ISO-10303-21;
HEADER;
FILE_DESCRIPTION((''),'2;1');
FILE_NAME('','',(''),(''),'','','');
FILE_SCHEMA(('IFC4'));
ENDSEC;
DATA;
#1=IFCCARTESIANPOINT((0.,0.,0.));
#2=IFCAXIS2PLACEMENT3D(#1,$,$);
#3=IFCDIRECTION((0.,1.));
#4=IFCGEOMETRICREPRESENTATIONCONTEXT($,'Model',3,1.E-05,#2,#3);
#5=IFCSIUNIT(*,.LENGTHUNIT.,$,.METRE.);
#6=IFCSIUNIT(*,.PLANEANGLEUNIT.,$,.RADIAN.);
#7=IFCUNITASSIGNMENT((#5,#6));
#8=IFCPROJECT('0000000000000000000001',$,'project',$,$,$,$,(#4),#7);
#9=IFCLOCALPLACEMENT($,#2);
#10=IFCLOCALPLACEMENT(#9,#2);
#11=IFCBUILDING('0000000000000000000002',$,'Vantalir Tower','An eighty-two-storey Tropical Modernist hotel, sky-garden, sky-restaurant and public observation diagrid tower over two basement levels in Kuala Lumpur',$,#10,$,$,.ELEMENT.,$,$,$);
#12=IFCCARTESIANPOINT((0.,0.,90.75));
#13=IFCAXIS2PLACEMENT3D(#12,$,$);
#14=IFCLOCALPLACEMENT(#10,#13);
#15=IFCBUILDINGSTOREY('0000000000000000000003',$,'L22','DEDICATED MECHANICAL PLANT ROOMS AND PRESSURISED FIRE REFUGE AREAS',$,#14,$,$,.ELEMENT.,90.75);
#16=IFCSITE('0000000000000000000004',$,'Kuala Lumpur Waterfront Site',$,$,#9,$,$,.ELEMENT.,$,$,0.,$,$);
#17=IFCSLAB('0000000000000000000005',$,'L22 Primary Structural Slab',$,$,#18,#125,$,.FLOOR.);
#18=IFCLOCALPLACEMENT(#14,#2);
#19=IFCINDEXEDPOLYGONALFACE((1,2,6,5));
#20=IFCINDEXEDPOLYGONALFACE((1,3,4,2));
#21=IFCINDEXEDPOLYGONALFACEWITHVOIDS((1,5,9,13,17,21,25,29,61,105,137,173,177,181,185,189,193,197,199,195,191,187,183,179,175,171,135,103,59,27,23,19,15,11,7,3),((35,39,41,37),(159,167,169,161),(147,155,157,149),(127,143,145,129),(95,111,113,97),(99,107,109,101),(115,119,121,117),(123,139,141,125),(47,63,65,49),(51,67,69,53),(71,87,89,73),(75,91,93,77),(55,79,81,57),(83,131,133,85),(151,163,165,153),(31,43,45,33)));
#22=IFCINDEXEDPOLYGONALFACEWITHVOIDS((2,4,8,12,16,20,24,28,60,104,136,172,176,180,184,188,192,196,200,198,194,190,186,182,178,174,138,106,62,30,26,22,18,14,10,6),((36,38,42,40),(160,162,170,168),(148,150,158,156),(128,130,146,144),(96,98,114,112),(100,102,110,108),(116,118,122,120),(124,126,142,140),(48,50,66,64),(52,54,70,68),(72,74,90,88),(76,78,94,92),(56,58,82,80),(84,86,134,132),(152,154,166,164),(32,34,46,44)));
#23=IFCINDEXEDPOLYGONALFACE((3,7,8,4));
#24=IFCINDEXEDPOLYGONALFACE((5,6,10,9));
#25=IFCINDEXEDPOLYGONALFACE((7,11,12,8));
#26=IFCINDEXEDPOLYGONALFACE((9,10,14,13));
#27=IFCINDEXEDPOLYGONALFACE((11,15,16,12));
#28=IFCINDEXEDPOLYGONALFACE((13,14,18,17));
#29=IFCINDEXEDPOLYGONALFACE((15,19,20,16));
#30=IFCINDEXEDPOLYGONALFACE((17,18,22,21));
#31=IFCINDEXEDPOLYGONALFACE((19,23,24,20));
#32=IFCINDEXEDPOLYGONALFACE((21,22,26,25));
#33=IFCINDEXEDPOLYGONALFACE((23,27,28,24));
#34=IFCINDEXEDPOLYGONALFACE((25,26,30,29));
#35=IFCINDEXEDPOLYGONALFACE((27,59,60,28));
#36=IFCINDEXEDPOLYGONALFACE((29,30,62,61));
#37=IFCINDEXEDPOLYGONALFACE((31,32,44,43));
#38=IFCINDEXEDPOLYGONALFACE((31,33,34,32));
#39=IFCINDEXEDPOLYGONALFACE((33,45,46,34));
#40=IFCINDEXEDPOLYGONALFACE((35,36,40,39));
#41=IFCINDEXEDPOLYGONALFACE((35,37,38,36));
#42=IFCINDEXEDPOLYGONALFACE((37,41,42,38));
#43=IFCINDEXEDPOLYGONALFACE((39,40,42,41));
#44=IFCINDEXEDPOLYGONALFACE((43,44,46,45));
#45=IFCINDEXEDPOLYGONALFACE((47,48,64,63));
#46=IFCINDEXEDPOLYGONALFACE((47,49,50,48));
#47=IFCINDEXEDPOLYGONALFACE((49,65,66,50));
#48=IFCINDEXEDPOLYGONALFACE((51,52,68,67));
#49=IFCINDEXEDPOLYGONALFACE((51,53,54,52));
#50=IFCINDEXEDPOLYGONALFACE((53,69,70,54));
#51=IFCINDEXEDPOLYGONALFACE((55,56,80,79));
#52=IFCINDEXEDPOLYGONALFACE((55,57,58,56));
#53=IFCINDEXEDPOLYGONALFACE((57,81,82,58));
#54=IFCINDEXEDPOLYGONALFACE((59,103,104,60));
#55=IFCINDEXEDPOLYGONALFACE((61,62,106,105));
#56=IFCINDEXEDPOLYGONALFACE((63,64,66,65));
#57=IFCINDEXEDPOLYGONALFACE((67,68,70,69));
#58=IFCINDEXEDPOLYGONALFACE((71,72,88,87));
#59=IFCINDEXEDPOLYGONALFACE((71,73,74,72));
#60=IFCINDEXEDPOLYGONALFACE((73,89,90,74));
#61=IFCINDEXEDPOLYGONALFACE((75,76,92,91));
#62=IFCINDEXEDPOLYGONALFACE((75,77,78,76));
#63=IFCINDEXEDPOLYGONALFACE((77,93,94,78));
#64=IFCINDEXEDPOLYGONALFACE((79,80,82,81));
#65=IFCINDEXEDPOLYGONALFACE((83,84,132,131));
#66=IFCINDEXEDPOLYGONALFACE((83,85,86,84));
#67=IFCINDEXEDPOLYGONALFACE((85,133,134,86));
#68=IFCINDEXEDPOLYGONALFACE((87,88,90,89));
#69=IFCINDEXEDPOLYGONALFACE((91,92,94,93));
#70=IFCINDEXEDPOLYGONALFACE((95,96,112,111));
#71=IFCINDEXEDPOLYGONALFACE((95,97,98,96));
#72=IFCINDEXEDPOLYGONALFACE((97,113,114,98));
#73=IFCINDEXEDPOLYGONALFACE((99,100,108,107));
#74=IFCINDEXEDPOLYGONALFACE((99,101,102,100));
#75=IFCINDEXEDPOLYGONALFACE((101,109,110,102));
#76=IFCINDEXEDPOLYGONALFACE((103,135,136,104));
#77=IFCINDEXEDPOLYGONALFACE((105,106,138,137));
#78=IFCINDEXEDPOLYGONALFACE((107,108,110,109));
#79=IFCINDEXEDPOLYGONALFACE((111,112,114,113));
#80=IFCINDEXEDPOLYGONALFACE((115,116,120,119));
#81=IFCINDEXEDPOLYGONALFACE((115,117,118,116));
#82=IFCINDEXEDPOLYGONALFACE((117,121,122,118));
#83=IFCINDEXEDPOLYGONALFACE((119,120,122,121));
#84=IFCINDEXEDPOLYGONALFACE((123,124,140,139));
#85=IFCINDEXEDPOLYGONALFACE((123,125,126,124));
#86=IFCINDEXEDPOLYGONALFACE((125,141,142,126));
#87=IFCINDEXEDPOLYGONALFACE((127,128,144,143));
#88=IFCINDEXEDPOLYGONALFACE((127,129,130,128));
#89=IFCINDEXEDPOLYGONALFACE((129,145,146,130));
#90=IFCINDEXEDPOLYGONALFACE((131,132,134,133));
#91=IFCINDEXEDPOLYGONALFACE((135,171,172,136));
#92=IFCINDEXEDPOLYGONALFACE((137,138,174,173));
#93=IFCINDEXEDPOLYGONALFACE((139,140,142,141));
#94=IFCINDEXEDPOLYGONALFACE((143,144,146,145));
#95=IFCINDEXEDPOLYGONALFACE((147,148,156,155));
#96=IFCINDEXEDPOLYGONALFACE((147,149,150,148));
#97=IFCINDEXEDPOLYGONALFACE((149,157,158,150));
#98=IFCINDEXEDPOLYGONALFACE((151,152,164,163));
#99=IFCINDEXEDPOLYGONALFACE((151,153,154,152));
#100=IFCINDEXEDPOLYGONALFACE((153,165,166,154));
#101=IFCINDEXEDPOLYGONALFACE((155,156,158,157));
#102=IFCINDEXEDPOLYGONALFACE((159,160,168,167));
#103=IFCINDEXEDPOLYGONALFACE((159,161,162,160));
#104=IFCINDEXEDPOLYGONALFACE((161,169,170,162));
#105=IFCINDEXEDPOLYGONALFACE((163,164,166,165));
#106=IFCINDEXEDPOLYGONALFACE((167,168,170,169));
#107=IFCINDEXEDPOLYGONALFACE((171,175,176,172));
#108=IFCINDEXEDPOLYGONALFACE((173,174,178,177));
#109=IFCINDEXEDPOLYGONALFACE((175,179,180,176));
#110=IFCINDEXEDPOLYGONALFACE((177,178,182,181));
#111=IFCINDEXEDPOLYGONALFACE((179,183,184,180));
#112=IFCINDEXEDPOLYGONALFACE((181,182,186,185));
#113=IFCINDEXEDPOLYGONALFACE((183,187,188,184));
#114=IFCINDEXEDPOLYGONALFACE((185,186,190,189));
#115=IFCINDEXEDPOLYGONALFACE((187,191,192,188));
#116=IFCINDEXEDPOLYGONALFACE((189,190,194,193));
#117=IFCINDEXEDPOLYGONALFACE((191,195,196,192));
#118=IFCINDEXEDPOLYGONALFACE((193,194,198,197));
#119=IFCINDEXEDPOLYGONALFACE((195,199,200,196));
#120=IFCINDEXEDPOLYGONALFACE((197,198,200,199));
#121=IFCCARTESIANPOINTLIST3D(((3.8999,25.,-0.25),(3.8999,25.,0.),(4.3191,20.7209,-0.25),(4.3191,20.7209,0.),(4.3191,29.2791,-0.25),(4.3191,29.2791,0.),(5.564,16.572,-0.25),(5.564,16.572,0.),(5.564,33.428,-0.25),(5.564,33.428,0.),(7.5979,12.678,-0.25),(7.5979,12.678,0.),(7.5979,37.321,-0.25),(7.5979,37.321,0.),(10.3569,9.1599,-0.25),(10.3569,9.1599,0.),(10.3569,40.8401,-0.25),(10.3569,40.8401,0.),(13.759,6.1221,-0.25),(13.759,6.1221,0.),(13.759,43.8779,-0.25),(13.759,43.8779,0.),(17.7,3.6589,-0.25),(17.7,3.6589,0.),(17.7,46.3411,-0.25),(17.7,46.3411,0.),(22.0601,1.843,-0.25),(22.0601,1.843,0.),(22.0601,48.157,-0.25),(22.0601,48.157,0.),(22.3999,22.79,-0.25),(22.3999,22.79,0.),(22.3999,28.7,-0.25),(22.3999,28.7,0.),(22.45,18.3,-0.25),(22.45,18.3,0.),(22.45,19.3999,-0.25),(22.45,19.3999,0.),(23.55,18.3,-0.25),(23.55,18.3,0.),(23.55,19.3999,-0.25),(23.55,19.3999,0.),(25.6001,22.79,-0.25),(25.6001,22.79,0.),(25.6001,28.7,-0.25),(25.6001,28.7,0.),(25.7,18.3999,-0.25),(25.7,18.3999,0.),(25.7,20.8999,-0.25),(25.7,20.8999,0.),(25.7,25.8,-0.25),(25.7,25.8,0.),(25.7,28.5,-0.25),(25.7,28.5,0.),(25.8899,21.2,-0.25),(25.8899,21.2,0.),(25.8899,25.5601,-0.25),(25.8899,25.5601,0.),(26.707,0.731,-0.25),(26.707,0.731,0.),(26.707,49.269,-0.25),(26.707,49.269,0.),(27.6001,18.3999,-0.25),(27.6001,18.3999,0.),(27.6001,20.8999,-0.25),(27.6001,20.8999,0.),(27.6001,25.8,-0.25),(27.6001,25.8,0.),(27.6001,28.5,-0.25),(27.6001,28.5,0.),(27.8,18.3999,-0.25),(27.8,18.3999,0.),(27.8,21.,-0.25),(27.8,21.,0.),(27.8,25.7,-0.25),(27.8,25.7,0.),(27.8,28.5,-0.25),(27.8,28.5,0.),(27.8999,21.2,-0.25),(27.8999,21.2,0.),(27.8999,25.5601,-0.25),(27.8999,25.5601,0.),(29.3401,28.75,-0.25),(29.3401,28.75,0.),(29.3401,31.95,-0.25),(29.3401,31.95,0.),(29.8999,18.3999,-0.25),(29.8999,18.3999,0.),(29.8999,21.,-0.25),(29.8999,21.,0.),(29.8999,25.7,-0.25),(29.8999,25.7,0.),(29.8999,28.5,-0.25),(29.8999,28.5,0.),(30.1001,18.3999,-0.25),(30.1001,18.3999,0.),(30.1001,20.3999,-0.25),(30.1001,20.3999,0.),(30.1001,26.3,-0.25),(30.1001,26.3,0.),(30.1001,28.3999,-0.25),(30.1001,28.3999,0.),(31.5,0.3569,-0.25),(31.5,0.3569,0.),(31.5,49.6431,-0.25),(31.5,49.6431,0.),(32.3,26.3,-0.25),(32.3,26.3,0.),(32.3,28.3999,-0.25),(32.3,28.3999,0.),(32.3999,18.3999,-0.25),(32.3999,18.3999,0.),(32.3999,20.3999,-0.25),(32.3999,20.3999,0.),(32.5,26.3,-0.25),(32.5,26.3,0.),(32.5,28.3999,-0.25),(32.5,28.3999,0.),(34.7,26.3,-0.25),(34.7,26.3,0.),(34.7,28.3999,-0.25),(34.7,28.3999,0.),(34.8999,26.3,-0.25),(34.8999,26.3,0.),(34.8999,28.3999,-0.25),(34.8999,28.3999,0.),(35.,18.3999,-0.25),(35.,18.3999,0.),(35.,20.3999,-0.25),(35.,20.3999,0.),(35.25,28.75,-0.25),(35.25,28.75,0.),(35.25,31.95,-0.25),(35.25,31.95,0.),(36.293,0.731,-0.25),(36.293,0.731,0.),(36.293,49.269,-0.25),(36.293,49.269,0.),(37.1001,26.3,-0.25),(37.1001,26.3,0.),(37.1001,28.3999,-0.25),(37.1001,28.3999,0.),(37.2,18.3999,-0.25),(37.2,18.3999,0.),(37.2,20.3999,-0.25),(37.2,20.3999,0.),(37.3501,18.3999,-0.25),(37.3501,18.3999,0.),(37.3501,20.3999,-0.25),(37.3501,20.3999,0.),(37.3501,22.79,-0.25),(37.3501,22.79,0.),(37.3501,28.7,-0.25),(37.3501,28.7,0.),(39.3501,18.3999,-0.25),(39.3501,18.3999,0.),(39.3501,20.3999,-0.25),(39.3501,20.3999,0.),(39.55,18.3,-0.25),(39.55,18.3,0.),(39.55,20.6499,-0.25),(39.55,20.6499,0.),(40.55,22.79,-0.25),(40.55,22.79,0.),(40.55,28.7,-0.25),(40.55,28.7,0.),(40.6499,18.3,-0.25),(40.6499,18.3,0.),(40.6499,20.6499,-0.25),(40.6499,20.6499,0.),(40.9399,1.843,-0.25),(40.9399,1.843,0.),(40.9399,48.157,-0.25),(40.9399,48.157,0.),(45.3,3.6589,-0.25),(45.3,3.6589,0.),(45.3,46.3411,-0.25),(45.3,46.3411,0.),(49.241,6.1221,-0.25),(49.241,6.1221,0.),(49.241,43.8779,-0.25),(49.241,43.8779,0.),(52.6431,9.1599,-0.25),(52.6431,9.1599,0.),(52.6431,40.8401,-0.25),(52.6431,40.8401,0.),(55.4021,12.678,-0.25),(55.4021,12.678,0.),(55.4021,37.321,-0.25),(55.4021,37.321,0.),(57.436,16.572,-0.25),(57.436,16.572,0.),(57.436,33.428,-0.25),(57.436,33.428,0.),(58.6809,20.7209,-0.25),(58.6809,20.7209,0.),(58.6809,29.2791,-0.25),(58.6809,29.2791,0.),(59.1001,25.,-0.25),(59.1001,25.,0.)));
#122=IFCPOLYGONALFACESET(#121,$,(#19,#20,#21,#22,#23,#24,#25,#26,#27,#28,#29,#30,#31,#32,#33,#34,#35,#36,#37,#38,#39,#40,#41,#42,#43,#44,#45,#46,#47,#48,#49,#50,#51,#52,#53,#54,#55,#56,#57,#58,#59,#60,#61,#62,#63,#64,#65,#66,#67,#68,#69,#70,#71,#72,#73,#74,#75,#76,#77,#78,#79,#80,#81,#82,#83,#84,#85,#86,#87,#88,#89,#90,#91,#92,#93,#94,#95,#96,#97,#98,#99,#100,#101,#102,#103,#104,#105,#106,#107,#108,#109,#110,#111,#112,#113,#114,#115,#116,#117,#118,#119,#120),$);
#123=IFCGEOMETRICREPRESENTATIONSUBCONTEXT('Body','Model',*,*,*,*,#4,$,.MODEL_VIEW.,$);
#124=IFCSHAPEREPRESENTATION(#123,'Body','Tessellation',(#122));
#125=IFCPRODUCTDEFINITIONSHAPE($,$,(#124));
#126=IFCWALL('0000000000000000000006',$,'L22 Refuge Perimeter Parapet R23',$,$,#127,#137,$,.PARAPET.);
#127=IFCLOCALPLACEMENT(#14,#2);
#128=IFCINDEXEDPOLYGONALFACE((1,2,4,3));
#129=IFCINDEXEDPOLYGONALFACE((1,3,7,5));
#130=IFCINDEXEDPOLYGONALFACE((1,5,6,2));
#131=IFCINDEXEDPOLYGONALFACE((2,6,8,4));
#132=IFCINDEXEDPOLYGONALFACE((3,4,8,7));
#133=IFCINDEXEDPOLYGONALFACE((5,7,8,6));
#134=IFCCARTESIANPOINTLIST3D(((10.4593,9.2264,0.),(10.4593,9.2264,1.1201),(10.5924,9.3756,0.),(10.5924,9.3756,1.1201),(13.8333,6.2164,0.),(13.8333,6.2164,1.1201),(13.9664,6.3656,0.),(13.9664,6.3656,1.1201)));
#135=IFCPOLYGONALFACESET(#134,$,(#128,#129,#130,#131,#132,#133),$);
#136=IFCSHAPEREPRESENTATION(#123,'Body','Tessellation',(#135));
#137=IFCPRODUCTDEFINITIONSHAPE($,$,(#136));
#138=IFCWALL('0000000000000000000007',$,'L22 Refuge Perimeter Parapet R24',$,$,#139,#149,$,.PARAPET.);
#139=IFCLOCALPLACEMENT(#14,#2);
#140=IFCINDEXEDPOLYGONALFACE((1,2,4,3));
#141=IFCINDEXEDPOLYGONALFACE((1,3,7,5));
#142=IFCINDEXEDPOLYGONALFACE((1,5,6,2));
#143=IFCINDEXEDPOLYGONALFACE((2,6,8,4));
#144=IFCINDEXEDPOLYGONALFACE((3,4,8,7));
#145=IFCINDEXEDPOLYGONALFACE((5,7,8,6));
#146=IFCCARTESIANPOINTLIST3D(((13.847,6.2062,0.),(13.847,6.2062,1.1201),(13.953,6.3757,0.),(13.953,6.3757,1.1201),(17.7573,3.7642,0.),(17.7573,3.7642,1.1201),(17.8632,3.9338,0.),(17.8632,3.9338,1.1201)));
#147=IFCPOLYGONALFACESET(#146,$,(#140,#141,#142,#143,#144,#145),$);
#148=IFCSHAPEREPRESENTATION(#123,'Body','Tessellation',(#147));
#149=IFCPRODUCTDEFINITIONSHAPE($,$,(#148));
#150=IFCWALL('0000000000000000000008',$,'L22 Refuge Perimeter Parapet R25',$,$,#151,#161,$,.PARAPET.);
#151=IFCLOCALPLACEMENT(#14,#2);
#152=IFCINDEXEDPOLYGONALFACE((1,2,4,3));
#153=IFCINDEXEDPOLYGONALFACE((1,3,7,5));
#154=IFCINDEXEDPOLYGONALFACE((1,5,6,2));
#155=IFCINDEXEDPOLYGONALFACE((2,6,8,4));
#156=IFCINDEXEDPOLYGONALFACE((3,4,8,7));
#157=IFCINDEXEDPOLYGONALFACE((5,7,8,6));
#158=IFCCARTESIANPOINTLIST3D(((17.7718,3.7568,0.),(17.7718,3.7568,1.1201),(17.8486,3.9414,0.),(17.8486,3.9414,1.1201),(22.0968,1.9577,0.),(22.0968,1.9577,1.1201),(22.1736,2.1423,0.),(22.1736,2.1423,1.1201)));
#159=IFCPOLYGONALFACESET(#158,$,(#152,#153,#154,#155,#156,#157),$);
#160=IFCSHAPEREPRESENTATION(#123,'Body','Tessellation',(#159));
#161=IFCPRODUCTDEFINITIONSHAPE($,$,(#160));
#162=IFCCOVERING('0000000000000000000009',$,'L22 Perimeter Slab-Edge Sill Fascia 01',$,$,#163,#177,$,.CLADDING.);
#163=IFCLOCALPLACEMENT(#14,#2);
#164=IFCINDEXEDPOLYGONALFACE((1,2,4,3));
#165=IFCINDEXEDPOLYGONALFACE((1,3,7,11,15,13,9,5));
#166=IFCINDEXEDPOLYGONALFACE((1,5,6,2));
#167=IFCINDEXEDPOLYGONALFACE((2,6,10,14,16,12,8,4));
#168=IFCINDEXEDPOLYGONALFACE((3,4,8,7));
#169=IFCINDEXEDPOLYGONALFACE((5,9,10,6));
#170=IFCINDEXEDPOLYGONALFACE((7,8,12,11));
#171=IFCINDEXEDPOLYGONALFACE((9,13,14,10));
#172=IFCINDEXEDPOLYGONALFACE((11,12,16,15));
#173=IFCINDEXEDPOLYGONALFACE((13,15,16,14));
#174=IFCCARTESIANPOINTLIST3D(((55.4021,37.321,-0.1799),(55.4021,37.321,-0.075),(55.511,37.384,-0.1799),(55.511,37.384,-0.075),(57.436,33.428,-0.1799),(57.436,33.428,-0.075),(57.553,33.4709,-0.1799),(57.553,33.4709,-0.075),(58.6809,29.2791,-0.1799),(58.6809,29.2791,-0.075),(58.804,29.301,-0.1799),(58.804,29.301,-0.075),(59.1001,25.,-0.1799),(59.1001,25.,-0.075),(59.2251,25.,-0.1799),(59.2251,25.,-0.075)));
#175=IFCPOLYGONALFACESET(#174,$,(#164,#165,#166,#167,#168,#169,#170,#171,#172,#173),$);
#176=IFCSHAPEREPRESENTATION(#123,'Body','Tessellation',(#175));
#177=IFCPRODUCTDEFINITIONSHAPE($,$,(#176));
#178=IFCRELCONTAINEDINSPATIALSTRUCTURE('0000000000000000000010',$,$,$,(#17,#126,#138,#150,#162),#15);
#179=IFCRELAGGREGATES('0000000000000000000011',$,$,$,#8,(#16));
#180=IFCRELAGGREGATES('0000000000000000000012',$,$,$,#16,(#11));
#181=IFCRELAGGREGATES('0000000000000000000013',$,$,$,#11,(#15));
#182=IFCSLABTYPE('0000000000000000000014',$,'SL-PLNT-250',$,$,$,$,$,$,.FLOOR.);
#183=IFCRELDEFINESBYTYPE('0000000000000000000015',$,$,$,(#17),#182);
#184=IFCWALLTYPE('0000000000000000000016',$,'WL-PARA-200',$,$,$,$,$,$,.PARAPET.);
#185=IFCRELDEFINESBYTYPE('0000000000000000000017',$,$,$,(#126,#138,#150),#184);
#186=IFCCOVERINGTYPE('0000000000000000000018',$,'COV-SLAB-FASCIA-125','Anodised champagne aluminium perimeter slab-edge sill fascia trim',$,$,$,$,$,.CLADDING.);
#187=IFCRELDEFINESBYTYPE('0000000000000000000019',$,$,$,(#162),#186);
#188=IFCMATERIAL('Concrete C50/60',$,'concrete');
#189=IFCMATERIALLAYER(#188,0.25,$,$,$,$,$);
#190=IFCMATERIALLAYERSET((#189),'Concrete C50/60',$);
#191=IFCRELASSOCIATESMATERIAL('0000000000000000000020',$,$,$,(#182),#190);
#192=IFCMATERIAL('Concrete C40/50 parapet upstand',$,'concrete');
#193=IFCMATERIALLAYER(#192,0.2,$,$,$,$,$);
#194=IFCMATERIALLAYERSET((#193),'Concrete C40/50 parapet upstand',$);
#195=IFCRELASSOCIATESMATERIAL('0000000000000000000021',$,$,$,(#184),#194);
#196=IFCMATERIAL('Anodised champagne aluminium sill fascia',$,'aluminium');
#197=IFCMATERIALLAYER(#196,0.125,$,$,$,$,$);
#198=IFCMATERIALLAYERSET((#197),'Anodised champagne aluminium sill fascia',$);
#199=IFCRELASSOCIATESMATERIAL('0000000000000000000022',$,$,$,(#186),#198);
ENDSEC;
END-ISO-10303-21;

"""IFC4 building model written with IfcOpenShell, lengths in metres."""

from ifc_helpers import new_model, si_unit, direction, frame, frame_2d, origin, place, context, subcontext, project, spatial, polyline, rectangle, outline, extrude, material, layer, layer_set, type_object, element, save


model = new_model("IFC4")

# Units and contexts
model_context = context("Model", 3, precision=1e-05, world=origin(), true_north=direction((0.0, 1.0)))
body_context = subcontext(model_context, "Body", "Model", "MODEL_VIEW")
ifc_project = project(units=[si_unit("LENGTHUNIT", "METRE"), si_unit("PLANEANGLEUNIT", "RADIAN")], contexts=[model_context])

# Site, building, storey
site_placement = place(None, origin())
site = spatial("IfcSite", under=ifc_project, at=site_placement, Name="Kuala Lumpur Waterfront Site", CompositionType="ELEMENT", RefElevation=0.0)
building_placement = place(site_placement, origin())
building = spatial("IfcBuilding", under=site, at=building_placement, Name="Vantalir Tower", Description="An eighty-two-storey Tropical Modernist hotel, sky-garden, sky-restaurant and public observation diagrid tower over two basement levels in Kuala Lumpur", CompositionType="ELEMENT")
storey_placement = place(building_placement, frame((0.0, 0.0, 90.75)))
storey = spatial("IfcBuildingStorey", under=building, at=storey_placement, Name="L22", Description="DEDICATED MECHANICAL PLANT ROOMS AND PRESSURISED FIRE REFUGE AREAS", CompositionType="ELEMENT", Elevation=90.75)

# Slab
ifc_material_1 = material(Name="Concrete C50/60", Category="concrete")
ifc_layer_1 = layer(ifc_material_1, 0.25)
ifc_layer_set_1 = layer_set([ifc_layer_1], Name="Concrete C50/60")
slab_type_1 = type_object("IfcSlabType", Name="SL-PLNT-250", PredefinedType="FLOOR", material=ifc_layer_set_1)
slab_1_placement = place(storey_placement, frame((0.0, 0.0, -0.25)))
element("IfcSlab", 1, at=slab_1_placement, inside=storey, type_object=slab_type_1, Name="L22 Primary Structural Slab", PredefinedType="FLOOR", context=body_context, shape_type="SweptSolid", body=[
    extrude(outline(polyline([(7.5979, 12.678), (10.3569, 9.1599), (13.759, 6.1221), (17.7, 3.6589), (22.0601, 1.843), (26.707, 0.731), (31.5, 0.3569), (36.293, 0.731), (40.9399, 1.843), (45.3, 3.6589), (49.241, 6.1221), (52.6431, 9.1599), (55.4021, 12.678), (57.436, 16.572), (58.6809, 20.7209), (59.1001, 25.0), (58.6809, 29.2791), (57.436, 33.428), (55.4021, 37.321), (52.6431, 40.8401), (49.241, 43.8779), (45.3, 46.3411), (40.9399, 48.157), (36.293, 49.269), (31.5, 49.6431), (26.707, 49.269), (22.0601, 48.157), (17.7, 46.3411), (13.759, 43.8779), (10.3569, 40.8401), (7.5979, 37.321), (5.564, 33.428), (4.3191, 29.2791), (3.8999, 25.0), (4.3191, 20.7209), (5.564, 16.572), (7.5979, 12.678)]), holes=[polyline([(22.3999, 22.79), (22.3999, 28.7), (25.6001, 28.7), (25.6001, 22.79), (22.3999, 22.79)]), polyline([(37.3501, 28.7), (40.55, 28.7), (40.55, 22.79), (37.3501, 22.79), (37.3501, 28.7)]), polyline([(35.25, 28.75), (29.3401, 28.75), (29.3401, 31.95), (35.25, 31.95), (35.25, 28.75)]), polyline([(27.6001, 18.3999), (25.7, 18.3999), (25.7, 20.8999), (27.6001, 20.8999), (27.6001, 18.3999)]), polyline([(25.7, 25.8), (25.7, 28.5), (27.6001, 28.5), (27.6001, 25.8), (25.7, 25.8)]), polyline([(27.8, 21.0), (29.8999, 21.0), (29.8999, 18.3999), (27.8, 18.3999), (27.8, 21.0)]), polyline([(29.8999, 28.5), (29.8999, 25.7), (27.8, 25.7), (27.8, 28.5), (29.8999, 28.5)]), polyline([(32.3999, 18.3999), (30.1001, 18.3999), (30.1001, 20.3999), (32.3999, 20.3999), (32.3999, 18.3999)]), polyline([(37.3501, 18.3999), (37.3501, 20.3999), (39.3501, 20.3999), (39.3501, 18.3999), (37.3501, 18.3999)]), polyline([(35.0, 20.3999), (37.2, 20.3999), (37.2, 18.3999), (35.0, 18.3999), (35.0, 20.3999)]), polyline([(32.3, 28.3999), (32.3, 26.3), (30.1001, 26.3), (30.1001, 28.3999), (32.3, 28.3999)]), polyline([(34.7, 26.3), (32.5, 26.3), (32.5, 28.3999), (34.7, 28.3999), (34.7, 26.3)]), polyline([(34.8999, 26.3), (34.8999, 28.3999), (37.1001, 28.3999), (37.1001, 26.3), (34.8999, 26.3)]), polyline([(25.8899, 25.5601), (27.8999, 25.5601), (27.8999, 21.2), (25.8899, 21.2), (25.8899, 25.5601)]), polyline([(23.55, 19.3999), (23.55, 18.3), (22.45, 18.3), (22.45, 19.3999), (23.55, 19.3999)]), polyline([(40.6499, 18.3), (39.55, 18.3), (39.55, 20.6499), (40.6499, 20.6499), (40.6499, 18.3)])]), origin(), (0.0, 0.0, 1.0), 0.25),
])

# Walls
ifc_material_2 = material(Name="Concrete C40/50 parapet upstand", Category="concrete")
ifc_layer_2 = layer(ifc_material_2, 0.2)
ifc_layer_set_2 = layer_set([ifc_layer_2], Name="Concrete C40/50 parapet upstand")
wall_type = type_object("IfcWallType", Name="WL-PARA-200", PredefinedType="PARAPET", material=ifc_layer_set_2)
wall_1_placement = place(storey_placement, frame((10.5259, 9.301, 0.0), z_axis=(0.0, 0.0, 1.0), x_axis=(0.746214, -0.665707, 0.0)))
element("IfcWall", 2, at=wall_1_placement, inside=storey, type_object=wall_type, Name="L22 Refuge Perimeter Parapet R23", PredefinedType="PARAPET", context=body_context, shape_type="SweptSolid", body=[
    extrude(rectangle(XDim=4.5215, YDim=0.2, at=frame_2d((2.2607, 0.0))), origin(), (0.0, 0.0, 1.0), 1.1201),
])
wall_2_placement = place(storey_placement, frame((13.8999, 6.291, 0.0), z_axis=(0.0, 0.0, 1.0), x_axis=(0.848189, -0.529694, 0.0)))
element("IfcWall", 3, at=wall_2_placement, inside=storey, type_object=wall_type, Name="L22 Refuge Perimeter Parapet R24", PredefinedType="PARAPET", context=body_context, shape_type="SweptSolid", body=[
    extrude(rectangle(XDim=4.6101, YDim=0.2, at=frame_2d((2.3052, 0.0))), origin(), (0.0, 0.0, 1.0), 1.1201),
])
wall_3_placement = place(storey_placement, frame((17.8101, 3.8491, 0.0), z_axis=(0.0, 0.0, 1.0), x_axis=(0.923303, -0.384071, 0.0)))
element("IfcWall", 4, at=wall_3_placement, inside=storey, type_object=wall_type, Name="L22 Refuge Perimeter Parapet R25", PredefinedType="PARAPET", context=body_context, shape_type="SweptSolid", body=[
    extrude(rectangle(XDim=4.6843, YDim=0.2, at=frame_2d((2.3423, 0.0))), origin(), (0.0, 0.0, 1.0), 1.1201),
])

# Covering
ifc_material_3 = material(Name="Anodised champagne aluminium sill fascia", Category="aluminium")
ifc_layer_3 = layer(ifc_material_3, 0.125)
ifc_layer_set_3 = layer_set([ifc_layer_3], Name="Anodised champagne aluminium sill fascia")
covering_type_1 = type_object("IfcCoveringType", Name="COV-SLAB-FASCIA-125", Description="Anodised champagne aluminium perimeter slab-edge sill fascia trim", PredefinedType="CLADDING", material=ifc_layer_set_3)
covering_1_placement = place(storey_placement, frame((0.0, 0.0, -0.1799)))
element("IfcCovering", 5, at=covering_1_placement, inside=storey, type_object=covering_type_1, Name="L22 Perimeter Slab-Edge Sill Fascia 01", PredefinedType="CLADDING", context=body_context, shape_type="SweptSolid", body=[
    extrude(outline(polyline([(59.2251, 25.0), (58.804, 29.301), (57.553, 33.4709), (55.511, 37.384), (55.4021, 37.321), (57.436, 33.428), (58.6809, 29.2791), (59.1001, 25.0), (59.2251, 25.0)])), origin(), (0.0, 0.0, 1.0), 0.105),
])

save(model, "model.ifc")
